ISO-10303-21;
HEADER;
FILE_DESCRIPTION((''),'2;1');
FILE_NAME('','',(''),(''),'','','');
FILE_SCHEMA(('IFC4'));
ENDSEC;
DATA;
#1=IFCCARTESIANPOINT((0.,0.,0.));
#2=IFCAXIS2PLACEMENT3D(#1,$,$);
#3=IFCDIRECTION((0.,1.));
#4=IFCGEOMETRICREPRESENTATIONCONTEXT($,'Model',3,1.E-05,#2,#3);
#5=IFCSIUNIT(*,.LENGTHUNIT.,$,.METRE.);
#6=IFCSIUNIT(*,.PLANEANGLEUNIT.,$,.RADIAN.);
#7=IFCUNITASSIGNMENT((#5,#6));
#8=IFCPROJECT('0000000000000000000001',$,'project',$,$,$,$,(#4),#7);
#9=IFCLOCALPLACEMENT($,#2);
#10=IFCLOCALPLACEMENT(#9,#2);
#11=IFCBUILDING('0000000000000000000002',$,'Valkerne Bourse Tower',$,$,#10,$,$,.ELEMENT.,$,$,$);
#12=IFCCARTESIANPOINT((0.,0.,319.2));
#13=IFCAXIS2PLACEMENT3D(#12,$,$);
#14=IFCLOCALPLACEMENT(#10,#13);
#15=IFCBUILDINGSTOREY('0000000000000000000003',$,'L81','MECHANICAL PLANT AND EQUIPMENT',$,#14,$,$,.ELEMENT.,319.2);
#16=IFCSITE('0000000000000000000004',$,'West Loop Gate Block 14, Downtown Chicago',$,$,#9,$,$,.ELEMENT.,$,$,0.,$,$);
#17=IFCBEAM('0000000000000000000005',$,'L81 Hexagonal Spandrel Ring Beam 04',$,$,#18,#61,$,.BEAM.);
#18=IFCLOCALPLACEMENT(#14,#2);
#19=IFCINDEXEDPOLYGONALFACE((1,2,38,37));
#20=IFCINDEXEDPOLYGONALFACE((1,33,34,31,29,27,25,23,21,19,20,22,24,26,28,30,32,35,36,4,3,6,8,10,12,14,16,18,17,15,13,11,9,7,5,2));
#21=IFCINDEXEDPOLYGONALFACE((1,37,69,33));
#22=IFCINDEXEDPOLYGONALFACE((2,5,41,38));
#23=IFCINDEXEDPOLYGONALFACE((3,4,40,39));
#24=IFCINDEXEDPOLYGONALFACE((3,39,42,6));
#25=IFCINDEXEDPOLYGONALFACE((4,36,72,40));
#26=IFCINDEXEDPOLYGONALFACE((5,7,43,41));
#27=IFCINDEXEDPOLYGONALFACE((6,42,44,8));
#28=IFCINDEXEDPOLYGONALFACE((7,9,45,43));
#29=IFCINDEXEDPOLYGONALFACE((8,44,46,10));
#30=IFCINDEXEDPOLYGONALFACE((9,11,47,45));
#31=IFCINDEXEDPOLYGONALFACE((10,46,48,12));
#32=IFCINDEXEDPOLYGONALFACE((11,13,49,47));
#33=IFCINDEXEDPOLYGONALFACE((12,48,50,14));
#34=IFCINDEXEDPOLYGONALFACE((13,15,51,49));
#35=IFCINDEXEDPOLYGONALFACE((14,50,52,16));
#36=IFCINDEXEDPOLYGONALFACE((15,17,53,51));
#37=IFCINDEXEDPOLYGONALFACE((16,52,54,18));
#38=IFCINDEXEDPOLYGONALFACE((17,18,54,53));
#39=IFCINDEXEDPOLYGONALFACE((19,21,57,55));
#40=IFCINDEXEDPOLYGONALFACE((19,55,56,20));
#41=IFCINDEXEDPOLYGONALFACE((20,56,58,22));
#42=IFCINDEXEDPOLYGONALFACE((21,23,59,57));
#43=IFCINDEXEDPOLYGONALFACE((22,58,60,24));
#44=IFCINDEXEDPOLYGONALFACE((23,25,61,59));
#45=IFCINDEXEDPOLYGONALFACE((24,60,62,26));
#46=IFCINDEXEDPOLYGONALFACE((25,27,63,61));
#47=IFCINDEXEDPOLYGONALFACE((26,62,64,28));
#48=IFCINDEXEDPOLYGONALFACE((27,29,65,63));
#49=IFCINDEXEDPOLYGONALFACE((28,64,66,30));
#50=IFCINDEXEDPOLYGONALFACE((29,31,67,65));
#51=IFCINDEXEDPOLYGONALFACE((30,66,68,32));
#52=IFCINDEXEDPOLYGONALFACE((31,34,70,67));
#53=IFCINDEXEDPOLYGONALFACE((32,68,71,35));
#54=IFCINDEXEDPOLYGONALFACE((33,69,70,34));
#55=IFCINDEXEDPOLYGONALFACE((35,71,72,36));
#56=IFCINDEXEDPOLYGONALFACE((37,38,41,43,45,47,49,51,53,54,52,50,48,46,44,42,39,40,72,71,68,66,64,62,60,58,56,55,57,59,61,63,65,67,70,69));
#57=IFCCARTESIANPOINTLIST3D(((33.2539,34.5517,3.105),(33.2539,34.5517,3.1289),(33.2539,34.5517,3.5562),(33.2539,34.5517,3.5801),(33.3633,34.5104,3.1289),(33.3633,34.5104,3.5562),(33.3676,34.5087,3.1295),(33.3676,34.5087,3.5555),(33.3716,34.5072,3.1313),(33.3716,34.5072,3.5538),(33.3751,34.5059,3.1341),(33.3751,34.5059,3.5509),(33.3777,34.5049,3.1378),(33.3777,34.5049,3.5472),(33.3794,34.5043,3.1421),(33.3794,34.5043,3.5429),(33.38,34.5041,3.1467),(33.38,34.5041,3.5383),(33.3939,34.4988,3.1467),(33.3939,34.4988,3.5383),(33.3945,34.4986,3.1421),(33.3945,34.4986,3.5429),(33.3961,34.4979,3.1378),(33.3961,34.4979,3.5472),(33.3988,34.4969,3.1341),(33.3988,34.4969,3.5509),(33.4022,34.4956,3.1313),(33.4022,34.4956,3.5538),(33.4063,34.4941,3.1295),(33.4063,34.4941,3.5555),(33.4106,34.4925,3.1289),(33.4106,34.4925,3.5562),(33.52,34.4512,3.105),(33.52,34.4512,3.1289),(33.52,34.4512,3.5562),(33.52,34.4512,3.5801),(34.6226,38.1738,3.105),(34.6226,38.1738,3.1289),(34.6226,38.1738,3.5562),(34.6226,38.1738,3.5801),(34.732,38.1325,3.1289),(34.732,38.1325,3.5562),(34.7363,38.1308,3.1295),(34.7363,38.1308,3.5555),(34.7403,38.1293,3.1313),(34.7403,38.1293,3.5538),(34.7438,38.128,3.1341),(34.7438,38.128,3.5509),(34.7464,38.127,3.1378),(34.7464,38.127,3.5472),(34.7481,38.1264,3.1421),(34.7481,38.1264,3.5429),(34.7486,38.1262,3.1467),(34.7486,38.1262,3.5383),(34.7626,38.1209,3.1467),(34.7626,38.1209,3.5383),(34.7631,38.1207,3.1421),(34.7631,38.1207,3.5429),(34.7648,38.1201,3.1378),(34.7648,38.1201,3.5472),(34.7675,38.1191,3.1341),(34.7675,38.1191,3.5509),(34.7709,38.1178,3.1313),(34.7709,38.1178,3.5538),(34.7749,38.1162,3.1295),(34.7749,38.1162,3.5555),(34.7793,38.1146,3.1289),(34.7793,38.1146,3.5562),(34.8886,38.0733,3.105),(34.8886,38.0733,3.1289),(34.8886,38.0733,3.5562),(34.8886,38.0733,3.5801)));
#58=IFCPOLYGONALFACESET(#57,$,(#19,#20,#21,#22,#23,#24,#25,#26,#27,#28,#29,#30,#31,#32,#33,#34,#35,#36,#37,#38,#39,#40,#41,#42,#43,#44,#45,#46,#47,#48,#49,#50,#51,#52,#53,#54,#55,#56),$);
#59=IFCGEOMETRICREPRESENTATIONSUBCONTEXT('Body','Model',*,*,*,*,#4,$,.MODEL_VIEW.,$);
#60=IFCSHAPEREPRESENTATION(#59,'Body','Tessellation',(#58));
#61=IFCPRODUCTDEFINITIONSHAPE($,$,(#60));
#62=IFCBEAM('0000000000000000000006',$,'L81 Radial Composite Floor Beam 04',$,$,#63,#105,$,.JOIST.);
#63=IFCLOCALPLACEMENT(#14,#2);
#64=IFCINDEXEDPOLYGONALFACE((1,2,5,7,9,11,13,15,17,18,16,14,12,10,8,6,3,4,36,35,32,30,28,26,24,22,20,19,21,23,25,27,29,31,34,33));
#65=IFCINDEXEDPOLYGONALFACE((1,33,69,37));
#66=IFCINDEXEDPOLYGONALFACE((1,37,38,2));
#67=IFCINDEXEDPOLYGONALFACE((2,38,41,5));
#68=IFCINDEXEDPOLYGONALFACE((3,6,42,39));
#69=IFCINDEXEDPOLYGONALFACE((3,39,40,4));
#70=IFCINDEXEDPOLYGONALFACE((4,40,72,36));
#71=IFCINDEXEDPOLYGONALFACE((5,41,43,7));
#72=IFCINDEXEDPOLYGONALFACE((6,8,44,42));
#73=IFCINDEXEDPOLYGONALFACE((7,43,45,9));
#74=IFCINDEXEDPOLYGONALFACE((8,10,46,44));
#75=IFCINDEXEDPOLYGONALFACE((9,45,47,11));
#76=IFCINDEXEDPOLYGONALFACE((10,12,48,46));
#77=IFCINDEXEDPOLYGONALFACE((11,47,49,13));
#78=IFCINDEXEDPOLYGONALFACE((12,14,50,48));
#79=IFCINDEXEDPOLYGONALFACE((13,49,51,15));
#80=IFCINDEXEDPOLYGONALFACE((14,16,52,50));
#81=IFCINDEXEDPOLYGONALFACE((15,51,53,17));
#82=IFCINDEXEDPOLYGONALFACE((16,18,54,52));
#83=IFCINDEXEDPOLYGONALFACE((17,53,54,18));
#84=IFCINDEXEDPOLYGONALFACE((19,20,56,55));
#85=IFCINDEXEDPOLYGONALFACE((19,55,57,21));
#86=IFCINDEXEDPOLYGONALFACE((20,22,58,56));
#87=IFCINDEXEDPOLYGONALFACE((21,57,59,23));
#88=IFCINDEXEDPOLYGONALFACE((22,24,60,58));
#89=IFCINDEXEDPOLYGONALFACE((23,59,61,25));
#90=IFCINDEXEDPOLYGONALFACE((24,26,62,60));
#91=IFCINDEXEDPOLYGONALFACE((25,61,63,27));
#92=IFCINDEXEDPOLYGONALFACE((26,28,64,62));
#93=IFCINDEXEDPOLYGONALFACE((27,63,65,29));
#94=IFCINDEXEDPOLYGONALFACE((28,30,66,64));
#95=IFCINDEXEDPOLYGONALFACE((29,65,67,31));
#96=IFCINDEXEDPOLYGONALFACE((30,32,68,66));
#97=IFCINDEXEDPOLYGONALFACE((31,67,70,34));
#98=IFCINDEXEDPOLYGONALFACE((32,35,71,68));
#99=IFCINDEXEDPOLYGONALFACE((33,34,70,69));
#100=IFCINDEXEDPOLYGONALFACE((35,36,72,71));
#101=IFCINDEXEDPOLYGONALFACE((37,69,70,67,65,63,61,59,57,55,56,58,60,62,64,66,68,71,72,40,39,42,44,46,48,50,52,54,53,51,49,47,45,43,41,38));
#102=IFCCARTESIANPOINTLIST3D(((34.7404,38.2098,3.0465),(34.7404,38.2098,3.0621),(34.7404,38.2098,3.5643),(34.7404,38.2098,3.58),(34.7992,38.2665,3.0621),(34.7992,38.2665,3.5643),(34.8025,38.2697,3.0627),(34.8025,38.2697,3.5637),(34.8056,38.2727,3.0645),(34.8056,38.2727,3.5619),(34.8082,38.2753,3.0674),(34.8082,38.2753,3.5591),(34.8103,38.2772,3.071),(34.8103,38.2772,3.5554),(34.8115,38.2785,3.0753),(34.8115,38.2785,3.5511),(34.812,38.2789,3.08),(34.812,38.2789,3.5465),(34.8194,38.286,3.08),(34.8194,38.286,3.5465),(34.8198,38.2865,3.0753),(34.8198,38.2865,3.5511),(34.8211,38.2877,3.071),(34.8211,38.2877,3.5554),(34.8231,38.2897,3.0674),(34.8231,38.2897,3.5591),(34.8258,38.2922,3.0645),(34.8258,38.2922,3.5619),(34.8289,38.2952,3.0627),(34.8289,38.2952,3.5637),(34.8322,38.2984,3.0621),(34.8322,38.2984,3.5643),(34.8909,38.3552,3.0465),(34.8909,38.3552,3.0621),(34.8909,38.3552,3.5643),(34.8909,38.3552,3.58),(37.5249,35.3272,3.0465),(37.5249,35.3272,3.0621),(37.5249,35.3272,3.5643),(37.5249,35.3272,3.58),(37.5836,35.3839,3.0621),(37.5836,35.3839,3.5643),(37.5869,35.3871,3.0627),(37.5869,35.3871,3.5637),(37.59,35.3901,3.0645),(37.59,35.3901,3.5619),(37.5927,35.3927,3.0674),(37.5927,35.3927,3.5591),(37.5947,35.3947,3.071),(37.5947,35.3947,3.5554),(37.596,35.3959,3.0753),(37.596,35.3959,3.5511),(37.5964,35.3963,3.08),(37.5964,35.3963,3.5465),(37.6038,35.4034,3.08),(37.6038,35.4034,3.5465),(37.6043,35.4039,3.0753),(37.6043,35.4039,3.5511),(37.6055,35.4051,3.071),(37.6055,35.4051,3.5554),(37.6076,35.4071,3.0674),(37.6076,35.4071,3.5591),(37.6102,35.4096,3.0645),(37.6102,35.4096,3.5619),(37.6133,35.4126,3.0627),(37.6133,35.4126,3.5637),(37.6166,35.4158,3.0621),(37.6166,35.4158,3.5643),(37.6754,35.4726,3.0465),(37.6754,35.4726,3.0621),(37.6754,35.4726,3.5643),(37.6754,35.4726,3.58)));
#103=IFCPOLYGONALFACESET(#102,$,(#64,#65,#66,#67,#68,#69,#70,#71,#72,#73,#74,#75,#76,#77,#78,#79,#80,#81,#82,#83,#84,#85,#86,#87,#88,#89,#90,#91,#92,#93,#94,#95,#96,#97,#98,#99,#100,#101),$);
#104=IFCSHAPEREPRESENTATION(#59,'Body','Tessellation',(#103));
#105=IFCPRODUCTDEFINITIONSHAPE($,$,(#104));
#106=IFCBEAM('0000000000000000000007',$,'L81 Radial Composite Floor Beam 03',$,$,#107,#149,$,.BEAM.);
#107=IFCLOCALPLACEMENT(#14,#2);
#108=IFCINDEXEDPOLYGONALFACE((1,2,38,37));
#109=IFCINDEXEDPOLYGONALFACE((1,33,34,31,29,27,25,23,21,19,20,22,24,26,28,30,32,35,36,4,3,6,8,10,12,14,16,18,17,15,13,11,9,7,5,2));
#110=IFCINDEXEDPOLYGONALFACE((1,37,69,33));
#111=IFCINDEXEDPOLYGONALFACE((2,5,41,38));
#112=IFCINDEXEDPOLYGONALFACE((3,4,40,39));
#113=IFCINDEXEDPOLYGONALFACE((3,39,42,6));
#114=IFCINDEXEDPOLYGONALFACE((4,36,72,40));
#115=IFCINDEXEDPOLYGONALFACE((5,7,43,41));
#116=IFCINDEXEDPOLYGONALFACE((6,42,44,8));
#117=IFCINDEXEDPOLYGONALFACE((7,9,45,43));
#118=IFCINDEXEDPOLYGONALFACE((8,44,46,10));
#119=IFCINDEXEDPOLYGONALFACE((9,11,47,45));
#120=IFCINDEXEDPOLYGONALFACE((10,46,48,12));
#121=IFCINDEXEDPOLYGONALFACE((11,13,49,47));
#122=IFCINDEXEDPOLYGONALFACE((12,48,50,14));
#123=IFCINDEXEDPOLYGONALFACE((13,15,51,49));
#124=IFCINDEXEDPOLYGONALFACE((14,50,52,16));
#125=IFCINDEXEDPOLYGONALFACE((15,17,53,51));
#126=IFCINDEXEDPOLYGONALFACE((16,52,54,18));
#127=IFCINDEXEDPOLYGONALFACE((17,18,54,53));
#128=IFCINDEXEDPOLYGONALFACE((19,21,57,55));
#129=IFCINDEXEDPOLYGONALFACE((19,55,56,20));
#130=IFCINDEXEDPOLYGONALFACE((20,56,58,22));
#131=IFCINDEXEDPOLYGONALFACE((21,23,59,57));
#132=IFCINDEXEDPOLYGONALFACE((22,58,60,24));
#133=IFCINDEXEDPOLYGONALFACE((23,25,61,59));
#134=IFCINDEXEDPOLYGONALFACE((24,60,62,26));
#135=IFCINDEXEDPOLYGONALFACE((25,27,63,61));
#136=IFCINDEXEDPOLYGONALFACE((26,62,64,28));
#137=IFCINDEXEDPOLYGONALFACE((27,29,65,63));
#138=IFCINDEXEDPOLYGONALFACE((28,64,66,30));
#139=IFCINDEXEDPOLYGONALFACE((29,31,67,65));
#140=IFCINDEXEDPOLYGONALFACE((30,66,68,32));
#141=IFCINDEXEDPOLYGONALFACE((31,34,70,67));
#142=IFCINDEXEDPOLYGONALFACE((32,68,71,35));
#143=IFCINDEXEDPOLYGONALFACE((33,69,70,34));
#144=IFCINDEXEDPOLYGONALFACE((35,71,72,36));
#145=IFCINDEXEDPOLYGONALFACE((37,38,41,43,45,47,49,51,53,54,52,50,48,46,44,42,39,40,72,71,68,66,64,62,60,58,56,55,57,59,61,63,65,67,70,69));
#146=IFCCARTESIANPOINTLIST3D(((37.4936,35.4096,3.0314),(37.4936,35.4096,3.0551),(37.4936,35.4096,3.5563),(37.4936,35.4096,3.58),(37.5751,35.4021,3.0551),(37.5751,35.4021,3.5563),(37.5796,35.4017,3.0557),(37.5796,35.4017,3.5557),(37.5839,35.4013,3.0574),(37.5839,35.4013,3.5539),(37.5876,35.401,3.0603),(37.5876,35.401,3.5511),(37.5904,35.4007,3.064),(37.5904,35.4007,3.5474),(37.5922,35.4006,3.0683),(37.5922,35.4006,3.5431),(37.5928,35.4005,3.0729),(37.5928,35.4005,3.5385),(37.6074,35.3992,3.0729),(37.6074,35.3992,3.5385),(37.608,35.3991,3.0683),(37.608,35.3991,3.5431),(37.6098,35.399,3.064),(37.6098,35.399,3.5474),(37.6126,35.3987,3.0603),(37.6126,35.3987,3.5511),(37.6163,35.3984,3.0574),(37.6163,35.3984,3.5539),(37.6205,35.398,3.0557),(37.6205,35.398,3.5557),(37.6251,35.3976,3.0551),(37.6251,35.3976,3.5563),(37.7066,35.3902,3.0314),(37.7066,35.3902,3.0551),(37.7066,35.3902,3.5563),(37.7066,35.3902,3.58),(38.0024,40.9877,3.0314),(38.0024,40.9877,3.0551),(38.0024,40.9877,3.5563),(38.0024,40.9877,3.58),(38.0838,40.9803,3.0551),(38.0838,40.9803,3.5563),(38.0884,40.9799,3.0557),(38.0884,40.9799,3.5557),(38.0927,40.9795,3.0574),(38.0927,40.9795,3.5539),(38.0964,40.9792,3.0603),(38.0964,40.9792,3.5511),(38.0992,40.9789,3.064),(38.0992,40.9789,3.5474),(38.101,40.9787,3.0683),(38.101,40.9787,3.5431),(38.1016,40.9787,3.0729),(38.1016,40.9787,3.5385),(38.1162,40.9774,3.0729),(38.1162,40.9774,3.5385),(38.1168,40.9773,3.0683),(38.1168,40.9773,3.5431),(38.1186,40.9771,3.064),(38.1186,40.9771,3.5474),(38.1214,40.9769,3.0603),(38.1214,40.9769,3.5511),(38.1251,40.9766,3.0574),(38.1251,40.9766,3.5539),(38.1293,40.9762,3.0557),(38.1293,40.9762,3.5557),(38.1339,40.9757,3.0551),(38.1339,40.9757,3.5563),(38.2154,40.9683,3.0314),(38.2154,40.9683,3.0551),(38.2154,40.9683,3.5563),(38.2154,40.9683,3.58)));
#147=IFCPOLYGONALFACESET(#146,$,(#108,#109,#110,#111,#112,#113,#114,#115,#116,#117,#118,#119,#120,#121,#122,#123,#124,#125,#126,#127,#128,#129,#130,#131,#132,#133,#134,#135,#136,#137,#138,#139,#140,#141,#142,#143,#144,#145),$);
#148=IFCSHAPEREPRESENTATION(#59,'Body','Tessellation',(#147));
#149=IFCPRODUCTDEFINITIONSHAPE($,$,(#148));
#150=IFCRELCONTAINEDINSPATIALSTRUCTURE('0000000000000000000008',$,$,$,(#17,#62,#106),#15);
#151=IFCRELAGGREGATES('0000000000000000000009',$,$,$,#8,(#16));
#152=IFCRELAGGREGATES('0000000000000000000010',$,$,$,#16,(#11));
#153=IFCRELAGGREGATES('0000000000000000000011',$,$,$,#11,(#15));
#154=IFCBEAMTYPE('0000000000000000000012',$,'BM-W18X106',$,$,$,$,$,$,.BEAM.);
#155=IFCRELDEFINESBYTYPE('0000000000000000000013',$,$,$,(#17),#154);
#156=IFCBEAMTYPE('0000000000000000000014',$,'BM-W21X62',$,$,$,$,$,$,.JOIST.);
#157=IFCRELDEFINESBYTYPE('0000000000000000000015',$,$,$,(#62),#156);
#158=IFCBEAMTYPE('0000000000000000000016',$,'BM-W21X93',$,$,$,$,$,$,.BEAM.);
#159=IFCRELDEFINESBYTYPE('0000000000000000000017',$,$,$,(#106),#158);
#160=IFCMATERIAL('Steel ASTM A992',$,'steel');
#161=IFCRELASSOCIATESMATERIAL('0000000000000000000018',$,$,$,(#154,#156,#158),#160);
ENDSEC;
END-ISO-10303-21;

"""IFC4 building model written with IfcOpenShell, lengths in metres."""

from ifc_helpers import new_model, si_unit, direction, frame, origin, origin_2d, place, context, subcontext, project, spatial, i_section, extrude, material, material_profile, profile_set, type_object, element, save


model = new_model("IFC4")

# Units and contexts
model_context = context("Model", 3, precision=1e-05, world=origin(), true_north=direction((0.0, 1.0)))
body_context = subcontext(model_context, "Body", "Model", "MODEL_VIEW")
ifc_project = project(units=[si_unit("LENGTHUNIT", "METRE"), si_unit("PLANEANGLEUNIT", "RADIAN")], contexts=[model_context])

# Site, building, storey
site_placement = place(None, origin())
site = spatial("IfcSite", under=ifc_project, at=site_placement, Name="West Loop Gate Block 14, Downtown Chicago", CompositionType="ELEMENT", RefElevation=0.0)
building_placement = place(site_placement, origin())
building = spatial("IfcBuilding", under=site, at=building_placement, Name="Valkerne Bourse Tower", CompositionType="ELEMENT")
storey_placement = place(building_placement, frame((0.0, 0.0, 319.2)))
storey = spatial("IfcBuildingStorey", under=building, at=storey_placement, Name="L81", Description="MECHANICAL PLANT AND EQUIPMENT", CompositionType="ELEMENT", Elevation=319.2)

# Beams
ifc_material_1 = material(Name="Steel ASTM A992", Category="steel")
ifc_material_profile_1 = material_profile(ifc_material_1, i_section(OverallWidth=0.2844, OverallDepth=0.4751, WebThickness=0.0149, FlangeThickness=0.0239, FilletRadius=0.0178, at=origin_2d()), Name="W18X106")
ifc_profile_set_1 = profile_set([ifc_material_profile_1], Name="Steel ASTM A992")
beam_type_1 = type_object("IfcBeamType", Name="BM-W18X106", PredefinedType="BEAM", material=ifc_profile_set_1)
beam_1_placement = place(storey_placement, frame((34.7556, 38.1235, 3.3425), z_axis=(-0.353472, -0.935445, 0.0), x_axis=(0.935445, -0.353472, 0.0)))
element("IfcBeam", 1, at=beam_1_placement, inside=storey, type_object=beam_type_1, Name="L81 Hexagonal Spandrel Ring Beam 04", PredefinedType="BEAM", context=body_context, shape_type="SweptSolid", body=[
    extrude(i_section(OverallWidth=0.2844, OverallDepth=0.4751, WebThickness=0.0149, FlangeThickness=0.0239, FilletRadius=0.0178, at=origin_2d()), origin(), (0.0, 0.0, 1.0), 3.8721),
])
ifc_material_profile_2 = material_profile(ifc_material_1, i_section(OverallWidth=0.2092, OverallDepth=0.5334, WebThickness=0.0103, FlangeThickness=0.0156, FilletRadius=0.0178, at=origin_2d()), Name="W21X62")
ifc_profile_set_2 = profile_set([ifc_material_profile_2], Name="Steel ASTM A992")
beam_type_2 = type_object("IfcBeamType", Name="BM-W21X62", PredefinedType="JOIST", material=ifc_profile_set_2)
beam_2_placement = place(storey_placement, frame((34.8157, 38.2825, 3.3132), z_axis=(0.694756, -0.719245, 0.0), x_axis=(0.719245, 0.694756, 0.0)))
element("IfcBeam", 2, at=beam_2_placement, inside=storey, type_object=beam_type_2, Name="L81 Radial Composite Floor Beam 04", PredefinedType="JOIST", context=body_context, shape_type="SweptSolid", body=[
    extrude(i_section(OverallWidth=0.2092, OverallDepth=0.5334, WebThickness=0.0103, FlangeThickness=0.0156, FilletRadius=0.0178, at=origin_2d()), origin(), (0.0, 0.0, 1.0), 4.0078),
])
ifc_material_profile_3 = material_profile(ifc_material_1, i_section(OverallWidth=0.2139, OverallDepth=0.5486, WebThickness=0.0146, FlangeThickness=0.0237, FilletRadius=0.0178, at=origin_2d()), Name="W21X93")
ifc_profile_set_3 = profile_set([ifc_material_profile_3], Name="Steel ASTM A992")
beam_type_3 = type_object("IfcBeamType", Name="BM-W21X93", PredefinedType="BEAM", material=ifc_profile_set_3)
beam_3_placement = place(storey_placement, frame((38.1089, 40.978, 3.3057), z_axis=(-0.090834, -0.995866, 0.0), x_axis=(0.995866, -0.090834, 0.0)))
element("IfcBeam", 3, at=beam_3_placement, inside=storey, type_object=beam_type_3, Name="L81 Radial Composite Floor Beam 03", PredefinedType="BEAM", context=body_context, shape_type="SweptSolid", body=[
    extrude(i_section(OverallWidth=0.2139, OverallDepth=0.5486, WebThickness=0.0146, FlangeThickness=0.0237, FilletRadius=0.0178, at=origin_2d()), origin(), (0.0, 0.0, 1.0), 5.6013),
])

save(model, "model.ifc")
